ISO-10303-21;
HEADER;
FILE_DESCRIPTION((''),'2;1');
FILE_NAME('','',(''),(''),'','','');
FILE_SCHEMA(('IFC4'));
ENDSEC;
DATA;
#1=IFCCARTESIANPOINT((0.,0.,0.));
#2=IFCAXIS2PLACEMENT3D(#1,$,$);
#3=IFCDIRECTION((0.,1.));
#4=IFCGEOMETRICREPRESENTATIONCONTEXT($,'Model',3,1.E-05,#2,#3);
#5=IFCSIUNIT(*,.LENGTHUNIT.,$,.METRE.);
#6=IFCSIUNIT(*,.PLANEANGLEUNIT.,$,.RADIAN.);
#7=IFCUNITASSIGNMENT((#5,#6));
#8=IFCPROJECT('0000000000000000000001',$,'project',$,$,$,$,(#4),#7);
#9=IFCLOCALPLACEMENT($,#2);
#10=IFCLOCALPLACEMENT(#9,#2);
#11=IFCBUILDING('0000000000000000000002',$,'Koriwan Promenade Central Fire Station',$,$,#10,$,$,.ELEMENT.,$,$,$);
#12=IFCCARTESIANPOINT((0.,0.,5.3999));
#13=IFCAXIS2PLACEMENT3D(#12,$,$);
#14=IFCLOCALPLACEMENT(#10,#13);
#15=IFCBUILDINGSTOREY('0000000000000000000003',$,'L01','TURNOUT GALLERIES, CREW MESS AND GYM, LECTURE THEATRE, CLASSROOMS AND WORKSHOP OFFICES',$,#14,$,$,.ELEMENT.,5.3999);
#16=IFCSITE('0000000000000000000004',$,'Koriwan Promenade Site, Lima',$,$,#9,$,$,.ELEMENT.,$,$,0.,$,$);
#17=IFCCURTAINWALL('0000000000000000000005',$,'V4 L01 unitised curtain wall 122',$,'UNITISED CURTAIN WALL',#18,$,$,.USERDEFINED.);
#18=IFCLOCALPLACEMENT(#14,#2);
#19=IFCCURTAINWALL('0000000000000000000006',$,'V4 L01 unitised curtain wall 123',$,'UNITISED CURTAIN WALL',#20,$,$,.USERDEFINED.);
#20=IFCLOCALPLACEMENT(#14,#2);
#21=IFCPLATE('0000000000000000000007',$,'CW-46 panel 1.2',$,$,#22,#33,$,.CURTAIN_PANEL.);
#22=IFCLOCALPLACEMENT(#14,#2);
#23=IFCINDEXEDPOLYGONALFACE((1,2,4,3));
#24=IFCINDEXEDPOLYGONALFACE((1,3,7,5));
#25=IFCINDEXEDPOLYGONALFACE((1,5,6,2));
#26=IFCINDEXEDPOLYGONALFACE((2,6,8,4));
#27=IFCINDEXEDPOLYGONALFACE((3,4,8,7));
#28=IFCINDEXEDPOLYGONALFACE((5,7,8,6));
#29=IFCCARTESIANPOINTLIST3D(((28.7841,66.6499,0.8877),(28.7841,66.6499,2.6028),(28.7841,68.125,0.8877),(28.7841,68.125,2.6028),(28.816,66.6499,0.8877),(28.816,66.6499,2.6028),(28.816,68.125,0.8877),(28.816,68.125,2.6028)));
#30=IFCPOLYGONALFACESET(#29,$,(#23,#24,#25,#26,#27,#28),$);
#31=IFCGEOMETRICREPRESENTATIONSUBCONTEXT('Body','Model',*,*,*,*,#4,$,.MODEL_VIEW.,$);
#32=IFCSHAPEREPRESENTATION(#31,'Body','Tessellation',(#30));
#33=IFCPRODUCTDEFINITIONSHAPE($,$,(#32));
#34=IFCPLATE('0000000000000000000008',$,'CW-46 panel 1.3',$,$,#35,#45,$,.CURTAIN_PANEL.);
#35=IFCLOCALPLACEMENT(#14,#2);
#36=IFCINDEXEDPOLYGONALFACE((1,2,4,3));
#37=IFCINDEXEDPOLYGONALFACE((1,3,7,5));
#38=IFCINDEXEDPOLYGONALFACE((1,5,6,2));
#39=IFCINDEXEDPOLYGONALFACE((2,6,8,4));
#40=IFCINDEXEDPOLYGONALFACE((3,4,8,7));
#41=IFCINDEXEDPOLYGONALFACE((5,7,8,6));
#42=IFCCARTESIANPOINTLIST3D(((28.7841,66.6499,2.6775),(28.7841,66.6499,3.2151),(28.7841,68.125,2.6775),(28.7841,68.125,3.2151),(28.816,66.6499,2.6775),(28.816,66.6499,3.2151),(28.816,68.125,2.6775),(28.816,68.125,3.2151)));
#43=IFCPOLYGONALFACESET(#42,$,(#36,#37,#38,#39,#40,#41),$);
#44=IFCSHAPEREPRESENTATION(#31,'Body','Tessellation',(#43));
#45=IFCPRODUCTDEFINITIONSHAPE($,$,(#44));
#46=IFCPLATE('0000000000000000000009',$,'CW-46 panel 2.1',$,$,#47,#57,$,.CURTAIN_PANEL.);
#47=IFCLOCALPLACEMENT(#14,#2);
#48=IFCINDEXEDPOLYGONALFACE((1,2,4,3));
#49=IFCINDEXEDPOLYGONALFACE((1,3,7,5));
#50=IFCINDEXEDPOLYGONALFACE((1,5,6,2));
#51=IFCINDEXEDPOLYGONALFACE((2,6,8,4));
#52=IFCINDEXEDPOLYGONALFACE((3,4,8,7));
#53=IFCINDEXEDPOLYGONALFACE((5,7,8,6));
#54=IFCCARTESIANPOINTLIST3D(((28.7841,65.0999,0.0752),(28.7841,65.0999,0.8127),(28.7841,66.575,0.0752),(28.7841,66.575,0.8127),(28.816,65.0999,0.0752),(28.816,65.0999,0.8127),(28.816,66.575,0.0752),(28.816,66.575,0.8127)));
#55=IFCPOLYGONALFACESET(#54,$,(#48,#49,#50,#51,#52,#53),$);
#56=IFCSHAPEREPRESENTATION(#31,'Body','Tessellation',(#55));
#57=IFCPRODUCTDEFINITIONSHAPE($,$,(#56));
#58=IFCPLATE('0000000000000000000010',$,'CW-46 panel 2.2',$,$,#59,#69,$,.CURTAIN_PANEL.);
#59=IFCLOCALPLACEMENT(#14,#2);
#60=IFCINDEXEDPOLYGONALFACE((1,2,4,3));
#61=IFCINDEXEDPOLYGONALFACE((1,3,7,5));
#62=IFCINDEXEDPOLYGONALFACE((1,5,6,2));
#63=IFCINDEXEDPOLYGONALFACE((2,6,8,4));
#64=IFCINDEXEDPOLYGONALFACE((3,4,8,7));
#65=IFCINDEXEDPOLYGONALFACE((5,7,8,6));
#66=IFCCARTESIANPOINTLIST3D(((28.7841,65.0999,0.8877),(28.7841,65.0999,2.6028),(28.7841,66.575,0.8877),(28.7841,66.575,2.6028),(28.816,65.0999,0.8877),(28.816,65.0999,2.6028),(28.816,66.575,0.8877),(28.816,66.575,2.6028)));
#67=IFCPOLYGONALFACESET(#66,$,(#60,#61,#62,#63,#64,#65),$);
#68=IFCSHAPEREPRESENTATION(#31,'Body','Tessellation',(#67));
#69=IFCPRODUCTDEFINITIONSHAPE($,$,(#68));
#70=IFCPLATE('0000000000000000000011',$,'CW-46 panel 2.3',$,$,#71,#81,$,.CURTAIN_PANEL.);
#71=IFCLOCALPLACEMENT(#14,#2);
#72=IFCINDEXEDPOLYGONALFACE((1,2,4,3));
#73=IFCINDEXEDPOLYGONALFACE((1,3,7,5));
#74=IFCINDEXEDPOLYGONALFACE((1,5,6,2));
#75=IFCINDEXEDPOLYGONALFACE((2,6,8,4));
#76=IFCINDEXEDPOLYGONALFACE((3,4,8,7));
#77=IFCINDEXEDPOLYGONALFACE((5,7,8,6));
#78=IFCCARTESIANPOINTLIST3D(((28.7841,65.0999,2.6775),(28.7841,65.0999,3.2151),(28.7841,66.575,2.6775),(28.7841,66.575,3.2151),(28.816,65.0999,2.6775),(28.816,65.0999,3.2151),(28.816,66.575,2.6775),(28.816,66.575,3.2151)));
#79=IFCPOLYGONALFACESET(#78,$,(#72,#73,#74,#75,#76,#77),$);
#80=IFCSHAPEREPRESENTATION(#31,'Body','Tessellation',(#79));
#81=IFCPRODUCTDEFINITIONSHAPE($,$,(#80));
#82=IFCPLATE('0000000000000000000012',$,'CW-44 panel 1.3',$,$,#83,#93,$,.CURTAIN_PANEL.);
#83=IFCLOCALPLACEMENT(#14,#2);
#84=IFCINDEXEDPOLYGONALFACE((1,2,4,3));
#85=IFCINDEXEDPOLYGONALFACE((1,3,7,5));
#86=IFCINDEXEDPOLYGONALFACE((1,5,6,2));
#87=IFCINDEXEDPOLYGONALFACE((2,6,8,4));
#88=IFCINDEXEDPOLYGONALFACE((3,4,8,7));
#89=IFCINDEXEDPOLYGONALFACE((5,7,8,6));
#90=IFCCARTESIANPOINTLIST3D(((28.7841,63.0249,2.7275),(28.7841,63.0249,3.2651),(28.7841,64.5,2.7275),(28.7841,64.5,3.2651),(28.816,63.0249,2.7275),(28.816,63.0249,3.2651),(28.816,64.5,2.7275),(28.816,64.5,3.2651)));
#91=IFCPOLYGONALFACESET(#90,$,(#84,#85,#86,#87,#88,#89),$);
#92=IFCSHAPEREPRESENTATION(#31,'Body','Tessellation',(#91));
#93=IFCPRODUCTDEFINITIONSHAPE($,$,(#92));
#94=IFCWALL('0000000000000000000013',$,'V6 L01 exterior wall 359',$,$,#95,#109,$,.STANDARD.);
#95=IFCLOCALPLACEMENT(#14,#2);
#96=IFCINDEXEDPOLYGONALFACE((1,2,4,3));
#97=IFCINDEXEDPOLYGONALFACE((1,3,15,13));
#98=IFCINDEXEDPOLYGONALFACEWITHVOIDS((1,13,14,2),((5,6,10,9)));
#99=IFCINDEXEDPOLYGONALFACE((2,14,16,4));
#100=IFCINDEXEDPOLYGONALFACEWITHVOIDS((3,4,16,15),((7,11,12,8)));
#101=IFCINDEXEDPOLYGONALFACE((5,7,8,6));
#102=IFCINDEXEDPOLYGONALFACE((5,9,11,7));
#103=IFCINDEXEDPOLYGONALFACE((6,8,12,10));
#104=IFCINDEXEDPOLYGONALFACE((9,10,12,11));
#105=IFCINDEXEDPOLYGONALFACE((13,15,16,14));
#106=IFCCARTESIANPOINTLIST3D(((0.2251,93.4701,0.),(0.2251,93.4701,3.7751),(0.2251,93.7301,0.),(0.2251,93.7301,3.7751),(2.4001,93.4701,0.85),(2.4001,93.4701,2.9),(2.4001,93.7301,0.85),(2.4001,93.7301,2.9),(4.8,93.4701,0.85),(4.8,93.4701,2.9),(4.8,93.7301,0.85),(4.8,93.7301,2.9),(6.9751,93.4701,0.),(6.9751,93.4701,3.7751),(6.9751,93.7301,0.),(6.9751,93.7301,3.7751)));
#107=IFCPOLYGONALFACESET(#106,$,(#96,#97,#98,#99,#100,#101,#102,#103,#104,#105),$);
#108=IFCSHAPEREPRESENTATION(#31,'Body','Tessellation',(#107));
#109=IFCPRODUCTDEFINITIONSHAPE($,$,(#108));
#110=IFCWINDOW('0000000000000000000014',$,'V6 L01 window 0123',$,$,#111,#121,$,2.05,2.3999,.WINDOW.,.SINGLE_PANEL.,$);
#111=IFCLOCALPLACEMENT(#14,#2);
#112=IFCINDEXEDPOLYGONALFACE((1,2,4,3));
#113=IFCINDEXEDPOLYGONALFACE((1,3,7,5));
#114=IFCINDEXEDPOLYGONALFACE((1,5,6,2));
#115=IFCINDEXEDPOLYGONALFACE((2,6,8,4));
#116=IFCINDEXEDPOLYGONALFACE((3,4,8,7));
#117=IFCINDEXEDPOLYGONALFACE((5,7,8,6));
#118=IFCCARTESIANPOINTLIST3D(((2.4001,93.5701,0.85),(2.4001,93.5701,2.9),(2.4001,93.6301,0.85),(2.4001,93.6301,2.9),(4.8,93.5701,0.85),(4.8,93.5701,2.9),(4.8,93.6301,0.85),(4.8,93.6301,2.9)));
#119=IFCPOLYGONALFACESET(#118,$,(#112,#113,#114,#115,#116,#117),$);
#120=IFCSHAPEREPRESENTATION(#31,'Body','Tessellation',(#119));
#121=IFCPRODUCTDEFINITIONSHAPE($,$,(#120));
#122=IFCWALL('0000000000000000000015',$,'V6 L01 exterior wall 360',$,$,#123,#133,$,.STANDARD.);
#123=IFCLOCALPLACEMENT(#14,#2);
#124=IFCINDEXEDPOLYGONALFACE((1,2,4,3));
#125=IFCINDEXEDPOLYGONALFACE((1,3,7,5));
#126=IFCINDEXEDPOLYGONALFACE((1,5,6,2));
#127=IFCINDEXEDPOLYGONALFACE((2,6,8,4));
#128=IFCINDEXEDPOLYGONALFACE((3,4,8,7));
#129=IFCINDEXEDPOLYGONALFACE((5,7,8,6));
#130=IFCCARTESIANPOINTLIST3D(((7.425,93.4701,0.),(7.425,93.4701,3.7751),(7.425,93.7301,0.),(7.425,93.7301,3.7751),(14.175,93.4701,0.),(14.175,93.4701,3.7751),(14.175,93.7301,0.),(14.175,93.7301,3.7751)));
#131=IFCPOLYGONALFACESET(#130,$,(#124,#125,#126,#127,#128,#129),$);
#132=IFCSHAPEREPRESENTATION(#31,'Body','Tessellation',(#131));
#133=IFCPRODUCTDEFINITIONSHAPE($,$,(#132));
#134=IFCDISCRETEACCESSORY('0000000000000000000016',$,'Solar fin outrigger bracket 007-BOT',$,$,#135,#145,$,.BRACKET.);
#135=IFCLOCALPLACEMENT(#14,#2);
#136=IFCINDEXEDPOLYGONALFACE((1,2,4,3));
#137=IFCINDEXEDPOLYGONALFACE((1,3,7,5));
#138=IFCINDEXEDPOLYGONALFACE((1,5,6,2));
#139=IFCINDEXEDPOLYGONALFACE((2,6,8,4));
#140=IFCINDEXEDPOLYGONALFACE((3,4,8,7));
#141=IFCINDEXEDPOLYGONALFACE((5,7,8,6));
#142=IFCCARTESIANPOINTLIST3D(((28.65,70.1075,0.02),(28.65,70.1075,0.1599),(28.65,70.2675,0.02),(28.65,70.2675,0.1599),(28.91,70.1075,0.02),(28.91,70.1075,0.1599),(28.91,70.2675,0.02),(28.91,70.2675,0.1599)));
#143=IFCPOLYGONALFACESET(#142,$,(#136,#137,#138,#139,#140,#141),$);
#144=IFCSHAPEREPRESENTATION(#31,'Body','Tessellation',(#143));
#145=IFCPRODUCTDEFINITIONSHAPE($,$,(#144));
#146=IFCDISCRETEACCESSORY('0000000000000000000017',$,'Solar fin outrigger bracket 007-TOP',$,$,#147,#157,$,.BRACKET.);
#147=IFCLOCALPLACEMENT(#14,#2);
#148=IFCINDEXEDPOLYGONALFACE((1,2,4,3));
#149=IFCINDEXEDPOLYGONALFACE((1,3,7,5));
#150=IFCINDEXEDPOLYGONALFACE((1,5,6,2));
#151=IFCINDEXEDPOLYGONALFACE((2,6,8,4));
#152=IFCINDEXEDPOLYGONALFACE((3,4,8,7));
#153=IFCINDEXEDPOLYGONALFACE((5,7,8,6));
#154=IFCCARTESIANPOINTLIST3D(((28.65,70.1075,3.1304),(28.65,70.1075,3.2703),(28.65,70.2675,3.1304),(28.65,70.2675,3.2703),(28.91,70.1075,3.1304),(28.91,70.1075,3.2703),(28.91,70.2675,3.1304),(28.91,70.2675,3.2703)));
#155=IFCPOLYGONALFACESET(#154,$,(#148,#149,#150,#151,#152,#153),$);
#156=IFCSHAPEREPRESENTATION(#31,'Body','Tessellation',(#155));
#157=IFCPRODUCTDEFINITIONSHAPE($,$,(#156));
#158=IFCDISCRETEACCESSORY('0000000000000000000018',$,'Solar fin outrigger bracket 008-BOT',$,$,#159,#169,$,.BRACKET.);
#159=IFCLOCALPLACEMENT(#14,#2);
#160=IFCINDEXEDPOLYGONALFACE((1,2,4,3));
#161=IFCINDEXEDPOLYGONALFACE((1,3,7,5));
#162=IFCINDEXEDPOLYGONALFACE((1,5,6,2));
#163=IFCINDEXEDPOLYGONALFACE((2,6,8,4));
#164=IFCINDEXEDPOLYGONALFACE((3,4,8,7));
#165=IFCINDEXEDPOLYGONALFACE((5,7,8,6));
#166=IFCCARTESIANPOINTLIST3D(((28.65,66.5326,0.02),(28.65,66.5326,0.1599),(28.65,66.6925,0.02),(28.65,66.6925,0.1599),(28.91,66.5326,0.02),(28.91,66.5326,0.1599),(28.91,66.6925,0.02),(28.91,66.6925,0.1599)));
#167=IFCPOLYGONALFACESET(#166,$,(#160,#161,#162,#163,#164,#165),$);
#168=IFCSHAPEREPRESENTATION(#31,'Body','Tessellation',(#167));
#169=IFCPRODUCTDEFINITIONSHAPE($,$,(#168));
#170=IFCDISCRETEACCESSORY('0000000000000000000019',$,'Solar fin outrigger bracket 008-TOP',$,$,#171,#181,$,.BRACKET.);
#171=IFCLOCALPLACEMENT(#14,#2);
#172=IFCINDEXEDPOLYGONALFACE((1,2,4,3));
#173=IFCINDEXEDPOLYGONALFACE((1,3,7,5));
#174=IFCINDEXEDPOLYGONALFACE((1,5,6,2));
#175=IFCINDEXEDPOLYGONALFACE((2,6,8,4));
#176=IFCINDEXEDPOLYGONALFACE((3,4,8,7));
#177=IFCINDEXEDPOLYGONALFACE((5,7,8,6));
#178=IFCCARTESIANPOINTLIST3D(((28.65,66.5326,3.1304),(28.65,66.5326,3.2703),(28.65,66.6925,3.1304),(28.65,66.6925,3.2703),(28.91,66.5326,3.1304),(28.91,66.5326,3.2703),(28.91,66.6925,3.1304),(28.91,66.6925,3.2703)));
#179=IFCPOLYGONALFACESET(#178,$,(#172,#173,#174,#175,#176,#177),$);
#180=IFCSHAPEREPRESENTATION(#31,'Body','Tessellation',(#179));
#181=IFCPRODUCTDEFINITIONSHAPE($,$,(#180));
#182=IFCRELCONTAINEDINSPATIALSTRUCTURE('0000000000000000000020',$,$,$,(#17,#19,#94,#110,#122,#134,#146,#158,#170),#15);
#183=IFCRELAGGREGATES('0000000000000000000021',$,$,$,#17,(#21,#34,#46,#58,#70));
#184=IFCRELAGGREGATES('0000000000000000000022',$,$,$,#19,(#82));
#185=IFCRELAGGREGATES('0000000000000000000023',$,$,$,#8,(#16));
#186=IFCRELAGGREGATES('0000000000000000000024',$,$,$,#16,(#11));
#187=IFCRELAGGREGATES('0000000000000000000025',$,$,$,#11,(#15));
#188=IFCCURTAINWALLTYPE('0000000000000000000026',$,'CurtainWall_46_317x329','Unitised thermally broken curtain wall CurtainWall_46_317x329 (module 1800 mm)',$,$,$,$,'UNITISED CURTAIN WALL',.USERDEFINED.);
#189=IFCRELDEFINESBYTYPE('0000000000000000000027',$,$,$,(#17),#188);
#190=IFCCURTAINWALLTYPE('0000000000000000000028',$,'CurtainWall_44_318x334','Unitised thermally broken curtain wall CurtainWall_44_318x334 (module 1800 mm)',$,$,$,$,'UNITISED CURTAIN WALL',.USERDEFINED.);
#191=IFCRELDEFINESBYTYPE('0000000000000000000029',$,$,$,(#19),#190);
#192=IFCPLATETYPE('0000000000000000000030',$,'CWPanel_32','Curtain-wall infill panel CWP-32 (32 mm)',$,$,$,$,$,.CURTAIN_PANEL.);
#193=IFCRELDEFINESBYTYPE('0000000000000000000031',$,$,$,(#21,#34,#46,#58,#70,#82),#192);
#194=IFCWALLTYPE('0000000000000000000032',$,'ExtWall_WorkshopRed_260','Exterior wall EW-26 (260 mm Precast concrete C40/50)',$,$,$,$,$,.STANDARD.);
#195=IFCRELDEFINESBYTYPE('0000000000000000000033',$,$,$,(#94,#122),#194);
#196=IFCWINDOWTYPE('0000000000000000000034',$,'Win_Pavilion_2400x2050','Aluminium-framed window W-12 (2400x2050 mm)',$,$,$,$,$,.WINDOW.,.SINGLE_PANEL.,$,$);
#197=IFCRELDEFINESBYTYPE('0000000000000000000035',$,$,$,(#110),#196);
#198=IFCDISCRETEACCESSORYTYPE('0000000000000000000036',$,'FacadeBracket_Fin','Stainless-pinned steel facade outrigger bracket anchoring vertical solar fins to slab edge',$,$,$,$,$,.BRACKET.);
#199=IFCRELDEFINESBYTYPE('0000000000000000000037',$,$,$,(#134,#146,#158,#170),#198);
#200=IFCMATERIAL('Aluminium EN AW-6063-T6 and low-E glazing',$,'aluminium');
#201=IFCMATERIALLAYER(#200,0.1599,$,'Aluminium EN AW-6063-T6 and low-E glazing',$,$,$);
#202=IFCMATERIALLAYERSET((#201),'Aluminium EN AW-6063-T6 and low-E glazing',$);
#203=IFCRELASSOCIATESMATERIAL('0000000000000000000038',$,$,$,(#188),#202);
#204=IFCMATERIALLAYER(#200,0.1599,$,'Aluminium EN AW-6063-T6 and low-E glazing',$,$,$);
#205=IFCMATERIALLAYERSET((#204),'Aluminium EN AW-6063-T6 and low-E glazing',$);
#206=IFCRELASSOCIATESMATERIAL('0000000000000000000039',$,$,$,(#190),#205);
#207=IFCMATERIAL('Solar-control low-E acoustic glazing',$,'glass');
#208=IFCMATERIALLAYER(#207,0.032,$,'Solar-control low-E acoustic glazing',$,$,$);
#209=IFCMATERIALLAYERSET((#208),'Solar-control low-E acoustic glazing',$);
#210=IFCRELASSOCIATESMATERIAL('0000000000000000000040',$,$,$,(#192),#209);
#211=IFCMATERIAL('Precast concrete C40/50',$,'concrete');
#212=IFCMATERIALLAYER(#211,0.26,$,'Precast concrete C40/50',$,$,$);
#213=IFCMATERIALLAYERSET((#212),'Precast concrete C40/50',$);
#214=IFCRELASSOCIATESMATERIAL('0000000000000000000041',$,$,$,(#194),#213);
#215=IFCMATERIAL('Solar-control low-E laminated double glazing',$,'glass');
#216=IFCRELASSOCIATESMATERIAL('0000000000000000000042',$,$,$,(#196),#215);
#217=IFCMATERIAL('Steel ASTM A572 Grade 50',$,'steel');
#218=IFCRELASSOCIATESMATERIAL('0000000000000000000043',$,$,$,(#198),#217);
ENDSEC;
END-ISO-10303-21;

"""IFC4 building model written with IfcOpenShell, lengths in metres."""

from ifc_helpers import new_model, si_unit, direction, frame, frame_2d, origin, origin_2d, place, context, subcontext, project, spatial, rectangle, extrude, material, layer, layer_set, type_object, element, fill, aggregate, save


model = new_model("IFC4")

# Units and contexts
model_context = context("Model", 3, precision=1e-05, world=origin(), true_north=direction((0.0, 1.0)))
body_context = subcontext(model_context, "Body", "Model", "MODEL_VIEW")
ifc_project = project(units=[si_unit("LENGTHUNIT", "METRE"), si_unit("PLANEANGLEUNIT", "RADIAN")], contexts=[model_context])

# Site, building, storey
site_placement = place(None, origin())
site = spatial("IfcSite", under=ifc_project, at=site_placement, Name="Koriwan Promenade Site, Lima", CompositionType="ELEMENT", RefElevation=0.0)
building_placement = place(site_placement, origin())
building = spatial("IfcBuilding", under=site, at=building_placement, Name="Koriwan Promenade Central Fire Station", CompositionType="ELEMENT")
storey_placement = place(building_placement, frame((0.0, 0.0, 5.3999)))
storey = spatial("IfcBuildingStorey", under=building, at=storey_placement, Name="L01", Description="TURNOUT GALLERIES, CREW MESS AND GYM, LECTURE THEATRE, CLASSROOMS AND WORKSHOP OFFICES", CompositionType="ELEMENT", Elevation=5.3999)

# Curtain wall
ifc_material_1 = material(Name="Aluminium EN AW-6063-T6 and low-E glazing", Category="aluminium")
ifc_layer_1 = layer(ifc_material_1, 0.1599, Name="Aluminium EN AW-6063-T6 and low-E glazing")
ifc_layer_set_1 = layer_set([ifc_layer_1], Name="Aluminium EN AW-6063-T6 and low-E glazing")
curtain_wall_type_1 = type_object("IfcCurtainWallType", Name="CurtainWall_46_317x329", Description="Unitised thermally broken curtain wall CurtainWall_46_317x329 (module 1800 mm)", ElementType="UNITISED CURTAIN WALL", PredefinedType="USERDEFINED", material=ifc_layer_set_1)
curtain_wall_1_placement = place(storey_placement, origin())
curtain_wall_1 = element("IfcCurtainWall", 1, at=curtain_wall_1_placement, inside=storey, type_object=curtain_wall_type_1, Name="V4 L01 unitised curtain wall 122", ObjectType="UNITISED CURTAIN WALL", PredefinedType="USERDEFINED")

# Curtain wall
ifc_layer_2 = layer(ifc_material_1, 0.1599, Name="Aluminium EN AW-6063-T6 and low-E glazing")
ifc_layer_set_2 = layer_set([ifc_layer_2], Name="Aluminium EN AW-6063-T6 and low-E glazing")
curtain_wall_type_2 = type_object("IfcCurtainWallType", Name="CurtainWall_44_318x334", Description="Unitised thermally broken curtain wall CurtainWall_44_318x334 (module 1800 mm)", ElementType="UNITISED CURTAIN WALL", PredefinedType="USERDEFINED", material=ifc_layer_set_2)
curtain_wall_2_placement = place(storey_placement, origin())
curtain_wall_2 = element("IfcCurtainWall", 2, at=curtain_wall_2_placement, inside=storey, type_object=curtain_wall_type_2, Name="V4 L01 unitised curtain wall 123", ObjectType="UNITISED CURTAIN WALL", PredefinedType="USERDEFINED")

# Plates
ifc_material_2 = material(Name="Solar-control low-E acoustic glazing", Category="glass")
ifc_layer_3 = layer(ifc_material_2, 0.032, Name="Solar-control low-E acoustic glazing")
ifc_layer_set_3 = layer_set([ifc_layer_3], Name="Solar-control low-E acoustic glazing")
plate_type = type_object("IfcPlateType", Name="CWPanel_32", Description="Curtain-wall infill panel CWP-32 (32 mm)", PredefinedType="CURTAIN_PANEL", material=ifc_layer_set_3)
plate_1_placement = place(storey_placement, frame((28.8, 67.3875, 0.8877), z_axis=(0.0, 0.0, 1.0), x_axis=(0.0, -1.0, 0.0)))
plate_1 = element("IfcPlate", 3, at=plate_1_placement, type_object=plate_type, Name="CW-46 panel 1.2", PredefinedType="CURTAIN_PANEL", context=body_context, shape_type="SweptSolid", body=[
    extrude(rectangle(XDim=1.4751, YDim=0.032, at=origin_2d()), origin(), (0.0, 0.0, 1.0), 1.7151),
])
plate_2_placement = place(storey_placement, frame((28.8, 67.3875, 2.6775), z_axis=(0.0, 0.0, 1.0), x_axis=(0.0, -1.0, 0.0)))
plate_2 = element("IfcPlate", 4, at=plate_2_placement, type_object=plate_type, Name="CW-46 panel 1.3", PredefinedType="CURTAIN_PANEL", context=body_context, shape_type="SweptSolid", body=[
    extrude(rectangle(XDim=1.4751, YDim=0.032, at=origin_2d()), origin(), (0.0, 0.0, 1.0), 0.5376),
])
plate_3_placement = place(storey_placement, frame((28.8, 65.8374, 0.0752), z_axis=(0.0, 0.0, 1.0), x_axis=(0.0, -1.0, 0.0)))
plate_3 = element("IfcPlate", 5, at=plate_3_placement, type_object=plate_type, Name="CW-46 panel 2.1", PredefinedType="CURTAIN_PANEL", context=body_context, shape_type="SweptSolid", body=[
    extrude(rectangle(XDim=1.4751, YDim=0.032, at=origin_2d()), origin(), (0.0, 0.0, 1.0), 0.7375),
])
plate_4_placement = place(storey_placement, frame((28.8, 65.8374, 0.8877), z_axis=(0.0, 0.0, 1.0), x_axis=(0.0, -1.0, 0.0)))
plate_4 = element("IfcPlate", 6, at=plate_4_placement, type_object=plate_type, Name="CW-46 panel 2.2", PredefinedType="CURTAIN_PANEL", context=body_context, shape_type="SweptSolid", body=[
    extrude(rectangle(XDim=1.4751, YDim=0.032, at=origin_2d()), origin(), (0.0, 0.0, 1.0), 1.7151),
])
plate_5_placement = place(storey_placement, frame((28.8, 65.8374, 2.6775), z_axis=(0.0, 0.0, 1.0), x_axis=(0.0, -1.0, 0.0)))
plate_5 = element("IfcPlate", 7, at=plate_5_placement, type_object=plate_type, Name="CW-46 panel 2.3", PredefinedType="CURTAIN_PANEL", context=body_context, shape_type="SweptSolid", body=[
    extrude(rectangle(XDim=1.4751, YDim=0.032, at=origin_2d()), origin(), (0.0, 0.0, 1.0), 0.5376),
])
aggregate(curtain_wall_1, [plate_1, plate_2, plate_3, plate_4, plate_5])
plate_6_placement = place(storey_placement, frame((28.8, 63.7625, 2.7275), z_axis=(0.0, 0.0, 1.0), x_axis=(0.0, -1.0, 0.0)))
plate_6 = element("IfcPlate", 8, at=plate_6_placement, type_object=plate_type, Name="CW-44 panel 1.3", PredefinedType="CURTAIN_PANEL", context=body_context, shape_type="SweptSolid", body=[
    extrude(rectangle(XDim=1.4751, YDim=0.032, at=origin_2d()), origin(), (0.0, 0.0, 1.0), 0.5376),
])
aggregate(curtain_wall_2, [plate_6])

# Wall, opening, window
ifc_material_3 = material(Name="Precast concrete C40/50", Category="concrete")
ifc_layer_4 = layer(ifc_material_3, 0.26, Name="Precast concrete C40/50")
ifc_layer_set_4 = layer_set([ifc_layer_4], Name="Precast concrete C40/50")
wall_type = type_object("IfcWallType", Name="ExtWall_WorkshopRed_260", Description="Exterior wall EW-26 (260 mm Precast concrete C40/50)", PredefinedType="STANDARD", material=ifc_layer_set_4)
wall_1_placement = place(storey_placement, frame((0.2251, 93.6001, 0.0), z_axis=(0.0, 0.0, 1.0), x_axis=(1.0, 0.0, 0.0)))
wall_1 = element("IfcWall", 9, at=wall_1_placement, inside=storey, type_object=wall_type, Name="V6 L01 exterior wall 359", PredefinedType="STANDARD", context=body_context, shape_type="SweptSolid", body=[
    extrude(rectangle(XDim=6.75, YDim=0.26, at=frame_2d((3.375, 0.0))), origin(), (0.0, 0.0, 1.0), 3.7751),
])
opening_placement = place(wall_1_placement, frame((2.175, 0.0, 0.8501)))
opening = element("IfcOpeningElement", 10, at=opening_placement, cuts=wall_1, PredefinedType="OPENING", context=body_context, shape_type="SweptSolid", body=[
    extrude(rectangle(XDim=2.3999, YDim=2.05, at=frame_2d((1.2, 1.0249))), frame((0.0, 0.1421, 0.0), z_axis=(0.0, -1.0, 0.0), x_axis=(1.0, 0.0, 0.0)), (0.0, 0.0, 1.0), 0.2839),
])
ifc_material_4 = material(Name="Solar-control low-E laminated double glazing", Category="glass")
window_type = type_object("IfcWindowType", Name="Win_Pavilion_2400x2050", Description="Aluminium-framed window W-12 (2400x2050 mm)", PartitioningType="SINGLE_PANEL", PredefinedType="WINDOW", material=ifc_material_4)
window_placement = place(opening_placement, origin())
window = element("IfcWindow", 11, at=window_placement, inside=storey, type_object=window_type, Name="V6 L01 window 0123", OverallHeight=2.05, OverallWidth=2.3999, PartitioningType="SINGLE_PANEL", PredefinedType="WINDOW", context=body_context, shape_type="SweptSolid", body=[
    extrude(rectangle(XDim=2.3999, YDim=2.05, at=frame_2d((1.2, 1.0249))), frame((0.0, 0.03, 0.0), z_axis=(0.0, -1.0, 0.0), x_axis=(1.0, 0.0, 0.0)), (0.0, 0.0, 1.0), 0.0601),
])
fill(opening, window)

# Wall
wall_2_placement = place(storey_placement, frame((7.425, 93.6001, 0.0), z_axis=(0.0, 0.0, 1.0), x_axis=(1.0, 0.0, 0.0)))
element("IfcWall", 12, at=wall_2_placement, inside=storey, type_object=wall_type, Name="V6 L01 exterior wall 360", PredefinedType="STANDARD", context=body_context, shape_type="SweptSolid", body=[
    extrude(rectangle(XDim=6.75, YDim=0.26, at=frame_2d((3.375, 0.0))), origin(), (0.0, 0.0, 1.0), 3.7751),
])

# Discrete accessories
ifc_material_5 = material(Name="Steel ASTM A572 Grade 50", Category="steel")
discrete_accessory_type = type_object("IfcDiscreteAccessoryType", Name="FacadeBracket_Fin", Description="Stainless-pinned steel facade outrigger bracket anchoring vertical solar fins to slab edge", PredefinedType="BRACKET", material=ifc_material_5)
for number, where, z_axis, x_axis, name in (
    (13, (28.78, 70.1875, 0.02), (0.0, 0.0, 1.0), (-1.0, 0.0, 0.0), "Solar fin outrigger bracket 007-BOT"),
    (14, (28.78, 70.1875, 3.1304), (0.0, 0.0, 1.0), (-1.0, 0.0, 0.0), "Solar fin outrigger bracket 007-TOP"),
    (15, (28.78, 66.6125, 0.02), (0.0, 0.0, 1.0), (-1.0, 0.0, 0.0), "Solar fin outrigger bracket 008-BOT"),
    (16, (28.78, 66.6125, 3.1304), (0.0, 0.0, 1.0), (-1.0, 0.0, 0.0), "Solar fin outrigger bracket 008-TOP"),
):
    element("IfcDiscreteAccessory", number, at=place(storey_placement, frame(where, z_axis=z_axis, x_axis=x_axis)), inside=storey, type_object=discrete_accessory_type, Name=name, PredefinedType="BRACKET", context=body_context, shape_type="SweptSolid", body=[
        extrude(rectangle(XDim=0.26, YDim=0.1599, at=origin_2d()), origin(), (0.0, 0.0, 1.0), 0.1399),
    ])

save(model, "model.ifc")
